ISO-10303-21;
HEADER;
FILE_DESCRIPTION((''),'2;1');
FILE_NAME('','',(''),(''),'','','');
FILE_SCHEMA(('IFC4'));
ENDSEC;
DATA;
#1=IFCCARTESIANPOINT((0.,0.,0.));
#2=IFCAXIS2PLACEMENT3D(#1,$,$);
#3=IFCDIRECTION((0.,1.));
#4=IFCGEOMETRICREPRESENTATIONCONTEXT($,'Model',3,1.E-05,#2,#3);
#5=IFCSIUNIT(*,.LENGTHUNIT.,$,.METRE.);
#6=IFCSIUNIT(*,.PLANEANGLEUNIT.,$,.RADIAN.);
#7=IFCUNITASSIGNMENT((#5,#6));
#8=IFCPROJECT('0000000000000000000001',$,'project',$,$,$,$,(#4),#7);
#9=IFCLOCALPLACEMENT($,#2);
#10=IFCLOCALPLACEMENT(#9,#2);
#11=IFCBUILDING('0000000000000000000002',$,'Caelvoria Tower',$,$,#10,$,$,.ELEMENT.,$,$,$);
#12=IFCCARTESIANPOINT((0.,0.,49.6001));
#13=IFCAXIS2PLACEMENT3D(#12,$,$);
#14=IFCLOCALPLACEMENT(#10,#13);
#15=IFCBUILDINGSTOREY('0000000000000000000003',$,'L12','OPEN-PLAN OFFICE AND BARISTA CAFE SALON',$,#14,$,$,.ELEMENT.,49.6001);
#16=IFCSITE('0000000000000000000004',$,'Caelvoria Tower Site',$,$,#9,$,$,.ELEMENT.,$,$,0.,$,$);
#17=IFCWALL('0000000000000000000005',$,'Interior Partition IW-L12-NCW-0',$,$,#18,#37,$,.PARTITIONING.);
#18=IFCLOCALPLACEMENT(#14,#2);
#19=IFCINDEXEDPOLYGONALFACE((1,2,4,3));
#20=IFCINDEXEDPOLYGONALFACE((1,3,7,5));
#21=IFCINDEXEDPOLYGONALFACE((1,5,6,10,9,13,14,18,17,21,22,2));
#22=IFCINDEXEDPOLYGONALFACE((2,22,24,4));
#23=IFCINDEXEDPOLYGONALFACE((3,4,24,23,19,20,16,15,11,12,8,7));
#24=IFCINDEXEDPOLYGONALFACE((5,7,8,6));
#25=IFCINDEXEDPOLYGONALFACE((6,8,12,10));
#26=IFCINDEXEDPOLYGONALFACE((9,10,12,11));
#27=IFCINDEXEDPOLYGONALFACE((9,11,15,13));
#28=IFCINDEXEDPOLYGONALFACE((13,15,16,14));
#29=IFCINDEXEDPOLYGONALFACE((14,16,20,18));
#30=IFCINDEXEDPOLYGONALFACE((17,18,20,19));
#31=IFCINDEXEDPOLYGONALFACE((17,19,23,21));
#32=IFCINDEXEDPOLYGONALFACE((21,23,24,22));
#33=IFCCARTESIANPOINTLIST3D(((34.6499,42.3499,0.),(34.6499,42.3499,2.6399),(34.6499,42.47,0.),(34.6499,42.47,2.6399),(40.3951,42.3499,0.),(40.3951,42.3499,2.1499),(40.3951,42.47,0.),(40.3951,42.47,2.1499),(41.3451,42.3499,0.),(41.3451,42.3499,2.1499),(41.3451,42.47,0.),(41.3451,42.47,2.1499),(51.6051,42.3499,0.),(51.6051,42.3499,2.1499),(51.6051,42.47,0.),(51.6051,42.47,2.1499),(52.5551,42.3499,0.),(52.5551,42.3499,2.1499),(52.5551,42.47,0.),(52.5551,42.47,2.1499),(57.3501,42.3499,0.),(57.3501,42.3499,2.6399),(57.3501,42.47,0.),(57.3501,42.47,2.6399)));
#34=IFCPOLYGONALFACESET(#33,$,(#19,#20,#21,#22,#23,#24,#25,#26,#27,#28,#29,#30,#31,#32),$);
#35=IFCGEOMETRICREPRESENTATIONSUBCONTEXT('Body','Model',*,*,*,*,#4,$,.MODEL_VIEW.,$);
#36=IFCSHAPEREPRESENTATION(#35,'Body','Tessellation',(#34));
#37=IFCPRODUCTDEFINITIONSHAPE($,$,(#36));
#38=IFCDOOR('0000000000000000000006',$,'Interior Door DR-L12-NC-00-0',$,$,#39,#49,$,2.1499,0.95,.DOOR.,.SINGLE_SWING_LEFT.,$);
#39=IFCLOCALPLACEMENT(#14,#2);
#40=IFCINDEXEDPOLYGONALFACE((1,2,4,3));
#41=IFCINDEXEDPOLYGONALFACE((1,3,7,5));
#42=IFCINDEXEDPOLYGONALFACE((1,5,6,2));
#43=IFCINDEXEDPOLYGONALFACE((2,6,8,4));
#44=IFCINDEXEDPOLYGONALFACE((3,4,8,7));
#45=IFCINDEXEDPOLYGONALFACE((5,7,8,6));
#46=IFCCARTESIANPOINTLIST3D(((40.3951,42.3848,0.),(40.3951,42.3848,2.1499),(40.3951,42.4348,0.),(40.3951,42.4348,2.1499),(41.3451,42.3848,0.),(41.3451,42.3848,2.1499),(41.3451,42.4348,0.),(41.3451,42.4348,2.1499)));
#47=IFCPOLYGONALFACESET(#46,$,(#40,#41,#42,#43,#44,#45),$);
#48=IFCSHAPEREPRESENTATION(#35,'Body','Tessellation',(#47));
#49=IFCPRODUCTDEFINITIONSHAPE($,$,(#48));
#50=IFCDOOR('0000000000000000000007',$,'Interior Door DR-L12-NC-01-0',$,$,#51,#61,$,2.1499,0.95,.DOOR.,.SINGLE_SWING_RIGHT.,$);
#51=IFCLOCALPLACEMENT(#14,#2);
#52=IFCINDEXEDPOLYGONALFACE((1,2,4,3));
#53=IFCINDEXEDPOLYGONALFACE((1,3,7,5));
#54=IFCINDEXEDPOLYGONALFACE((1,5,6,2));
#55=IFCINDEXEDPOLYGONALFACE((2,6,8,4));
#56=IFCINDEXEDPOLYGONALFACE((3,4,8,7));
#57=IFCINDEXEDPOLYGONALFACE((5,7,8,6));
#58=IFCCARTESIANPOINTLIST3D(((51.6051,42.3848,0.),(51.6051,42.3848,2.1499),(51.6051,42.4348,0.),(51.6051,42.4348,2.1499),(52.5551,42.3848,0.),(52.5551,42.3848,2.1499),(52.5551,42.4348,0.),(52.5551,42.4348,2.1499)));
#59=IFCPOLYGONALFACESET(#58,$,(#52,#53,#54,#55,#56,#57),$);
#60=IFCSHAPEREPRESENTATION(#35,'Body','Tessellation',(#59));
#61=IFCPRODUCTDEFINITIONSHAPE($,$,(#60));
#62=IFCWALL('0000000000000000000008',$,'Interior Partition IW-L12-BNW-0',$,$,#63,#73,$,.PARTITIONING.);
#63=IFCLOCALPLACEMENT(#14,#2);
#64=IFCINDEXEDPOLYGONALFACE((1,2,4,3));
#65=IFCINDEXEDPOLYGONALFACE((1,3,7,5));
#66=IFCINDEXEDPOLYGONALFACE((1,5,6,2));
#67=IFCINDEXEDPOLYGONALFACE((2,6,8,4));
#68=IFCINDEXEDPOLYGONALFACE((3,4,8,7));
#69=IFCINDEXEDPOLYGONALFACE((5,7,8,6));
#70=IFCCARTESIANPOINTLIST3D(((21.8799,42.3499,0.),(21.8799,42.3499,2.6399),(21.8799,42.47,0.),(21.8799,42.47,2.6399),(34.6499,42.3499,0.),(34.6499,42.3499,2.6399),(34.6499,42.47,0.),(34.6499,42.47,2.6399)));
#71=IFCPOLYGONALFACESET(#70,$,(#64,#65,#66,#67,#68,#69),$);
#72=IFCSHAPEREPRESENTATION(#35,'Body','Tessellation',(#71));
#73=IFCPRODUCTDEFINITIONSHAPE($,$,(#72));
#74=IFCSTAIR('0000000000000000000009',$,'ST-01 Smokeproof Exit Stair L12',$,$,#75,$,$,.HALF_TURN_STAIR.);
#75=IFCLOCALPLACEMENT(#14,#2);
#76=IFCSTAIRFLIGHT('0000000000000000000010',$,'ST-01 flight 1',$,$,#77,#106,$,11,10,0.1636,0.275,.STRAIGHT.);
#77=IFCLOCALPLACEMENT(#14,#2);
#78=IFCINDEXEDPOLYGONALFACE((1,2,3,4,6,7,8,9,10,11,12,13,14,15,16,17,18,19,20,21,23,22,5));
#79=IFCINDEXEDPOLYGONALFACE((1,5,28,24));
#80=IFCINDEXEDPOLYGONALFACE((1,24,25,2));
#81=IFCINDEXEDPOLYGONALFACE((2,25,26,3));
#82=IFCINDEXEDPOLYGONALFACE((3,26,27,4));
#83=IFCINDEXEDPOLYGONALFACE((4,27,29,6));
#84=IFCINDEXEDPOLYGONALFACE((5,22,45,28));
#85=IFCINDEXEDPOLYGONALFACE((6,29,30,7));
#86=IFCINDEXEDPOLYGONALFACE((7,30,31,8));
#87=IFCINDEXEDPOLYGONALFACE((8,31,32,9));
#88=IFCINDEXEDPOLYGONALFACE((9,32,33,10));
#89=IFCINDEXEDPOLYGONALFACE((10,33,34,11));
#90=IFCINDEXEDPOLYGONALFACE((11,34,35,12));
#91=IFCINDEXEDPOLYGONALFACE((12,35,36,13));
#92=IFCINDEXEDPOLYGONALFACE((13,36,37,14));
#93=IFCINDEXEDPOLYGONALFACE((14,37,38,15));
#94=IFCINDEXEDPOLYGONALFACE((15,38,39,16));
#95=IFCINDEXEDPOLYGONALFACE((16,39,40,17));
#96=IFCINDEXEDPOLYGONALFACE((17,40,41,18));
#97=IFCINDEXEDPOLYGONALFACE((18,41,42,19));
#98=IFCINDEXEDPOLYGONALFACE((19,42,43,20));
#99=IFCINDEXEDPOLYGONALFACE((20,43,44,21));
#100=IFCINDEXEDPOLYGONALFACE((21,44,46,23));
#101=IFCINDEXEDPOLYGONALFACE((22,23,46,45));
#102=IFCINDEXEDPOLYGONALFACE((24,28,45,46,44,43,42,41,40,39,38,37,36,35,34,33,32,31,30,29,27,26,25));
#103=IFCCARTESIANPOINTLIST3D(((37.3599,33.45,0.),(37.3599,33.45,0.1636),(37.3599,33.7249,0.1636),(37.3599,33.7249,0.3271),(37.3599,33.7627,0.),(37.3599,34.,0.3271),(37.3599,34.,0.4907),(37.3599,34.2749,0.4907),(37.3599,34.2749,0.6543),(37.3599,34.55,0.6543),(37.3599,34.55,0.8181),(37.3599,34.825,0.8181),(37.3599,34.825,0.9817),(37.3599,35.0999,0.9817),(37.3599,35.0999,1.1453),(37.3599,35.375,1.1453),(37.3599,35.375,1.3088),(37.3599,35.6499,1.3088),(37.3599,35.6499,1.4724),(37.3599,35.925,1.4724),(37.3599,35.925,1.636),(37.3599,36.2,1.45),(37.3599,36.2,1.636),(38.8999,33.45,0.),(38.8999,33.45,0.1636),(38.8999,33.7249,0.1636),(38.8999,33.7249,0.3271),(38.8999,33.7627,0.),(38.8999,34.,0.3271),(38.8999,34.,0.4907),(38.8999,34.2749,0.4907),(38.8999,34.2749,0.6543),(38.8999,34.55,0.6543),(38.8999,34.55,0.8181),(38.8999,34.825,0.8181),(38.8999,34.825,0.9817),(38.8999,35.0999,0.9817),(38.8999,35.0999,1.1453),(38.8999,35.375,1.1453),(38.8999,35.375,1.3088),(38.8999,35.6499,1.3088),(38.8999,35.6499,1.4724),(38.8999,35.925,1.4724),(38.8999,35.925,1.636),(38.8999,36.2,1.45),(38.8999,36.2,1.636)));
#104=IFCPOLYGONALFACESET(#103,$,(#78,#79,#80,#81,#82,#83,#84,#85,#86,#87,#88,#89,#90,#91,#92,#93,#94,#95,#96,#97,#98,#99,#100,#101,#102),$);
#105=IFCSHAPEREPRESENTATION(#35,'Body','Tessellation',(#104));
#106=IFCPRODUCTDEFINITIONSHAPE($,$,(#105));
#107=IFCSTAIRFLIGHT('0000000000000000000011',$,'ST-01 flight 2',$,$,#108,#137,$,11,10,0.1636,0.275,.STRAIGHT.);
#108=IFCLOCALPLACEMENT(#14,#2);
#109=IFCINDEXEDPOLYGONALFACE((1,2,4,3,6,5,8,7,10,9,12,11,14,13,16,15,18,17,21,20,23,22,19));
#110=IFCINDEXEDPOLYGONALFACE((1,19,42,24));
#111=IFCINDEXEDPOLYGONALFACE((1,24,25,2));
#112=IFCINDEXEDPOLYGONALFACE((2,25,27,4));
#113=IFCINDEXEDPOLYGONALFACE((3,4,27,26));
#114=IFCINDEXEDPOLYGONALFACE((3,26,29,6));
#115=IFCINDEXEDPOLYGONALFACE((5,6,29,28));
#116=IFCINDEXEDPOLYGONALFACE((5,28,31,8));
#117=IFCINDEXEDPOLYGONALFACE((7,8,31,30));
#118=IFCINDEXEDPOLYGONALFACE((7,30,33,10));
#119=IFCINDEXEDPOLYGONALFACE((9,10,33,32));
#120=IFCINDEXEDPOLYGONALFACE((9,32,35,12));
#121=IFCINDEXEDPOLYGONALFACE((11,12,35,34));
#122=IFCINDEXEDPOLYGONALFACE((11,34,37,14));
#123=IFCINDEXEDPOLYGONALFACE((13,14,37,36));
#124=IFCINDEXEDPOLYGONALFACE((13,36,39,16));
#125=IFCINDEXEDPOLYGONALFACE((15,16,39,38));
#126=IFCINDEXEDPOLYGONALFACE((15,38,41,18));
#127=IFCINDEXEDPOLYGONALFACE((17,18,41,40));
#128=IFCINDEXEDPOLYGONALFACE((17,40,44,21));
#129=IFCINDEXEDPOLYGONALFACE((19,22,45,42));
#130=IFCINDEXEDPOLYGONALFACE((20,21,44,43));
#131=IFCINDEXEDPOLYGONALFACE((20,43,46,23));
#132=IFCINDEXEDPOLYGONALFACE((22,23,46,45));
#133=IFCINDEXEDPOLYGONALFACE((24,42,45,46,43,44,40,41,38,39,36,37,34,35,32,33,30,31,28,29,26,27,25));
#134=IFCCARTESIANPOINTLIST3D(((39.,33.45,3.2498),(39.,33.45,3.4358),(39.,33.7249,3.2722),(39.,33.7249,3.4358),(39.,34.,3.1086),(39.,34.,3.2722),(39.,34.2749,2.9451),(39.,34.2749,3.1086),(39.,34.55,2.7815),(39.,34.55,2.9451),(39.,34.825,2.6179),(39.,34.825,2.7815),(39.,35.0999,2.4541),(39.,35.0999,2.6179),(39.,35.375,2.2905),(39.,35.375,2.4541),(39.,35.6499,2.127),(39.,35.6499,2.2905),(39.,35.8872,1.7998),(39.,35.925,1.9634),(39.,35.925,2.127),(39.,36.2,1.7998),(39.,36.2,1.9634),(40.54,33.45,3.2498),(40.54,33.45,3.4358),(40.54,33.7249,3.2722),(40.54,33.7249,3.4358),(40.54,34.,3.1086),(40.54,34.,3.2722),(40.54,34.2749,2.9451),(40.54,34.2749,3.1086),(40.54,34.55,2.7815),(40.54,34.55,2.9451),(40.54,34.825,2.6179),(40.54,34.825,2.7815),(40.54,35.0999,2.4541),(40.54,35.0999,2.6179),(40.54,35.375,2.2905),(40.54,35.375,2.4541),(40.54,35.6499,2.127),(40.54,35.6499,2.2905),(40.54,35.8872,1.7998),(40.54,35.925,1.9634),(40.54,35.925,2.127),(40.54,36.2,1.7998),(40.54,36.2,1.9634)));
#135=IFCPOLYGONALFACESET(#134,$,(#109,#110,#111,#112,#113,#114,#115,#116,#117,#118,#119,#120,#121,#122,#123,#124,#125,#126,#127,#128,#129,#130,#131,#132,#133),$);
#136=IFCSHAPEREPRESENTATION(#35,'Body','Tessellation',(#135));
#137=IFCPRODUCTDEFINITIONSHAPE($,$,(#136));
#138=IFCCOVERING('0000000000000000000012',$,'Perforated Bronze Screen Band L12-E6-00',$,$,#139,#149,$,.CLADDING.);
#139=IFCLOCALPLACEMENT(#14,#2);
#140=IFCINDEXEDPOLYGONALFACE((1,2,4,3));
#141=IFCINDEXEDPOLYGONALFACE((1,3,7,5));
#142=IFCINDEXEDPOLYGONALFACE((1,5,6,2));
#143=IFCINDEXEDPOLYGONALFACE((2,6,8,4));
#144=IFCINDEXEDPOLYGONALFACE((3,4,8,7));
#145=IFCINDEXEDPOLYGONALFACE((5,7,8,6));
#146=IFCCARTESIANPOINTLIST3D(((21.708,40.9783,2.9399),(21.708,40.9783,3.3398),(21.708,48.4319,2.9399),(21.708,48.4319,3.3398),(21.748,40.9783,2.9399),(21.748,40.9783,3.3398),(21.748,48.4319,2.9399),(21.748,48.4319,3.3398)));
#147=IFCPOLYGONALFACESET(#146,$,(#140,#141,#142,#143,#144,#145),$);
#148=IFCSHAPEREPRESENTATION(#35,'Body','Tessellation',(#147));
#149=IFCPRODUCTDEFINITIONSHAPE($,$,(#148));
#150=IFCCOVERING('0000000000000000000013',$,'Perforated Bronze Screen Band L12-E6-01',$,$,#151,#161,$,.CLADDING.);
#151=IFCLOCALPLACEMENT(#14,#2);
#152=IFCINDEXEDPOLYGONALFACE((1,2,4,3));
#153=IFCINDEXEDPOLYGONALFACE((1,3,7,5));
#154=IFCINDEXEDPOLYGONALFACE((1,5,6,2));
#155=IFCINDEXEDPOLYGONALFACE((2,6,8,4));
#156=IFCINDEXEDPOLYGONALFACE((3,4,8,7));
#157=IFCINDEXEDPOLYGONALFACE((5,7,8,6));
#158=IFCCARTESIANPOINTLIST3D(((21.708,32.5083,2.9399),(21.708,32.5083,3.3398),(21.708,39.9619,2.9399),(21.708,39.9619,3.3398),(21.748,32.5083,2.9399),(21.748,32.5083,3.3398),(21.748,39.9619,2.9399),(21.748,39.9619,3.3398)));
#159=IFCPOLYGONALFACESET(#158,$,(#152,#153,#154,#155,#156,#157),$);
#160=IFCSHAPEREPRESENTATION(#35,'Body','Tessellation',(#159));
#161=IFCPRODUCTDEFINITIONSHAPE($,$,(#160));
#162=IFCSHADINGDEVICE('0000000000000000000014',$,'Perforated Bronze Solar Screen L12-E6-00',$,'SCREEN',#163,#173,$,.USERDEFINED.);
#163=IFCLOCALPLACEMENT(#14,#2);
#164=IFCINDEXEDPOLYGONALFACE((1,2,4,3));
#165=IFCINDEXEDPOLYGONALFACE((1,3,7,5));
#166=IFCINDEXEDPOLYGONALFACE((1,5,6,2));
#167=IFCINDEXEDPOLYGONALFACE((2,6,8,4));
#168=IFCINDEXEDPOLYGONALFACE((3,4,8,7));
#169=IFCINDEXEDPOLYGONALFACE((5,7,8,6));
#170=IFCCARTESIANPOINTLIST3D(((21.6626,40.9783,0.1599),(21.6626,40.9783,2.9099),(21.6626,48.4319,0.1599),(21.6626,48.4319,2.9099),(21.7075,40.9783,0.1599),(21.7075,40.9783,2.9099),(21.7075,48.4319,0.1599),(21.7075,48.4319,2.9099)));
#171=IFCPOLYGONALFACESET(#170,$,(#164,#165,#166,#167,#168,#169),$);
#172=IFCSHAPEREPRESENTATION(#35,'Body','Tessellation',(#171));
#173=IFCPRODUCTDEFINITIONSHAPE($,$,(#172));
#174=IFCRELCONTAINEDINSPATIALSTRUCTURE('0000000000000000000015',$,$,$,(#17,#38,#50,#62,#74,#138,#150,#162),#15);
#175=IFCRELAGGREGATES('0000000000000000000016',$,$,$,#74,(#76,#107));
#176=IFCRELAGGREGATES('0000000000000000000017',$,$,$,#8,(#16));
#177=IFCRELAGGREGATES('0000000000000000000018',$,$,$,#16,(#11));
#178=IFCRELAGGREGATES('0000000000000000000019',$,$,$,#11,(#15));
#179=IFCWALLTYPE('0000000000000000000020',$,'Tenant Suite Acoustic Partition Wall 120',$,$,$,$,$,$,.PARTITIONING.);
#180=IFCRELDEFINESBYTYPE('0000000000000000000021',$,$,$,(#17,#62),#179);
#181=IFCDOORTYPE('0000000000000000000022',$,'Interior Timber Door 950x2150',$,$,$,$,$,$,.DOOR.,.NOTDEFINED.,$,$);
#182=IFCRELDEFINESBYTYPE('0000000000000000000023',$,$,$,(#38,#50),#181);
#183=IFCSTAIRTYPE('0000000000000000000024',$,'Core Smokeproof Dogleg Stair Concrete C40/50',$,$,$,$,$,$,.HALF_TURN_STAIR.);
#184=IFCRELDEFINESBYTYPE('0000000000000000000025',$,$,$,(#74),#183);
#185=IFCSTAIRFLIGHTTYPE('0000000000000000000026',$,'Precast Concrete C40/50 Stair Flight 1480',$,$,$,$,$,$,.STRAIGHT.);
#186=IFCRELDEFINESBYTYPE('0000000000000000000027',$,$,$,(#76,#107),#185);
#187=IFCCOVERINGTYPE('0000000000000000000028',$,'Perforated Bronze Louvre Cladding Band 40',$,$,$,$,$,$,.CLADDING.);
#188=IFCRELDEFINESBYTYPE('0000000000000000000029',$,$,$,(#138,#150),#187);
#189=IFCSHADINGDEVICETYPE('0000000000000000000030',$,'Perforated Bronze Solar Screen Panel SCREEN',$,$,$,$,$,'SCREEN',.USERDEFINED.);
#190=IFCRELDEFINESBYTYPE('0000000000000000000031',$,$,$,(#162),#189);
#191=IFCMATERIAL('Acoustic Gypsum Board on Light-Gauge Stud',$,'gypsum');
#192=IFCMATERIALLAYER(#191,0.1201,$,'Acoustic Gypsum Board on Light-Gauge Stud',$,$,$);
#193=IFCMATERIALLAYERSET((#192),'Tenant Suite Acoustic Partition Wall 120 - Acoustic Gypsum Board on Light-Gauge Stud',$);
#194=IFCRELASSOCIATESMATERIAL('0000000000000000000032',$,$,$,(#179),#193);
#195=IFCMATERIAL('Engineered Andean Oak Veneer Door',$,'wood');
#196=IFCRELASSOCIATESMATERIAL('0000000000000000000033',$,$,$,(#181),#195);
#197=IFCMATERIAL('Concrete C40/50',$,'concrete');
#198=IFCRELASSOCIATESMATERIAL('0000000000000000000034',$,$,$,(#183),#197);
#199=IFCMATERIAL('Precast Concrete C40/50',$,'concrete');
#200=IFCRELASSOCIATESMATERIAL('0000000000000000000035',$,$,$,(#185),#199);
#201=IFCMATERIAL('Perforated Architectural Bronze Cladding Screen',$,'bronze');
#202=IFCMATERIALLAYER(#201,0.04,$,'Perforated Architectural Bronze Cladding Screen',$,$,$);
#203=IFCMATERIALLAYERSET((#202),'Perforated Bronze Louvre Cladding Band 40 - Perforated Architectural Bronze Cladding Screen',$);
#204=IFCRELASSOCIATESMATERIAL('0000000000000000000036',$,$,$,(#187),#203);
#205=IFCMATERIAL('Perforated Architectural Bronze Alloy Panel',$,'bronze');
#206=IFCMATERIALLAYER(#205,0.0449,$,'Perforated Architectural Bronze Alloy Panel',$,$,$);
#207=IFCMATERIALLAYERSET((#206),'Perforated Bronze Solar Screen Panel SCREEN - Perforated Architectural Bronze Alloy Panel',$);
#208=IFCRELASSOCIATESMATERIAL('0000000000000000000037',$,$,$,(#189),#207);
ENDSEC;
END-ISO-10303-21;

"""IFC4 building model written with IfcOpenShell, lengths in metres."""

from ifc_helpers import new_model, si_unit, direction, frame, frame_2d, origin, origin_2d, place, context, subcontext, project, spatial, polyline, rectangle, outline, extrude, material, layer, layer_set, type_object, element, fill, aggregate, save


model = new_model("IFC4")

# Units and contexts
model_context = context("Model", 3, precision=1e-05, world=origin(), true_north=direction((0.0, 1.0)))
body_context = subcontext(model_context, "Body", "Model", "MODEL_VIEW")
ifc_project = project(units=[si_unit("LENGTHUNIT", "METRE"), si_unit("PLANEANGLEUNIT", "RADIAN")], contexts=[model_context])

# Site, building, storey
site_placement = place(None, origin())
site = spatial("IfcSite", under=ifc_project, at=site_placement, Name="Caelvoria Tower Site", CompositionType="ELEMENT", RefElevation=0.0)
building_placement = place(site_placement, origin())
building = spatial("IfcBuilding", under=site, at=building_placement, Name="Caelvoria Tower", CompositionType="ELEMENT")
storey_placement = place(building_placement, frame((0.0, 0.0, 49.6001)))
storey = spatial("IfcBuildingStorey", under=building, at=storey_placement, Name="L12", Description="OPEN-PLAN OFFICE AND BARISTA CAFE SALON", CompositionType="ELEMENT", Elevation=49.6001)

# Wall, openings, doors
ifc_material_1 = material(Name="Acoustic Gypsum Board on Light-Gauge Stud", Category="gypsum")
ifc_layer_1 = layer(ifc_material_1, 0.1201, Name="Acoustic Gypsum Board on Light-Gauge Stud")
ifc_layer_set_1 = layer_set([ifc_layer_1], Name="Tenant Suite Acoustic Partition Wall 120 - Acoustic Gypsum Board on Light-Gauge Stud")
wall_type_1 = type_object("IfcWallType", Name="Tenant Suite Acoustic Partition Wall 120", PredefinedType="PARTITIONING", material=ifc_layer_set_1)
wall_1_placement = place(storey_placement, frame((34.6499, 42.4099, 0.0), z_axis=(0.0, 0.0, 1.0), x_axis=(1.0, 0.0, 0.0)))
wall_1 = element("IfcWall", 1, at=wall_1_placement, inside=storey, type_object=wall_type_1, Name="Interior Partition IW-L12-NCW-0", PredefinedType="PARTITIONING", context=body_context, shape_type="SweptSolid", body=[
    extrude(rectangle(XDim=22.7002, YDim=0.1201, at=frame_2d((11.3501, 0.0))), origin(), (0.0, 0.0, 1.0), 2.6399),
])
opening_1_placement = place(wall_1_placement, frame((5.7451, 0.0, 0.0)))
opening_1 = element("IfcOpeningElement", 2, at=opening_1_placement, cuts=wall_1, PredefinedType="OPENING", context=body_context, shape_type="SweptSolid", body=[
    extrude(rectangle(XDim=0.95, YDim=2.1499, at=frame_2d((0.4751, 1.075))), frame((0.0, 0.0701, 0.0), z_axis=(0.0, -1.0, 0.0), x_axis=(1.0, 0.0, 0.0)), (0.0, 0.0, 1.0), 0.1401),
])
opening_2_placement = place(wall_1_placement, frame((16.9551, 0.0, 0.0)))
opening_2 = element("IfcOpeningElement", 3, at=opening_2_placement, cuts=wall_1, PredefinedType="OPENING", context=body_context, shape_type="SweptSolid", body=[
    extrude(rectangle(XDim=0.95, YDim=2.1499, at=frame_2d((0.4751, 1.075))), frame((0.0, 0.0701, 0.0), z_axis=(0.0, -1.0, 0.0), x_axis=(1.0, 0.0, 0.0)), (0.0, 0.0, 1.0), 0.1401),
])
ifc_material_2 = material(Name="Engineered Andean Oak Veneer Door", Category="wood")
door_type_1 = type_object("IfcDoorType", Name="Interior Timber Door 950x2150", OperationType="NOTDEFINED", PredefinedType="DOOR", material=ifc_material_2)
door_1_placement = place(opening_1_placement, origin())
door_1 = element("IfcDoor", 4, at=door_1_placement, inside=storey, type_object=door_type_1, Name="Interior Door DR-L12-NC-00-0", OperationType="SINGLE_SWING_LEFT", OverallHeight=2.1499, OverallWidth=0.95, PredefinedType="DOOR", context=body_context, shape_type="SweptSolid", body=[
    extrude(rectangle(XDim=0.95, YDim=2.1499, at=frame_2d((0.4751, 1.075))), frame((0.0, 0.0249, 0.0), z_axis=(0.0, -1.0, 0.0), x_axis=(1.0, 0.0, 0.0)), (0.0, 0.0, 1.0), 0.05),
])
fill(opening_1, door_1)
door_2_placement = place(opening_2_placement, origin())
door_2 = element("IfcDoor", 5, at=door_2_placement, inside=storey, type_object=door_type_1, Name="Interior Door DR-L12-NC-01-0", OperationType="SINGLE_SWING_RIGHT", OverallHeight=2.1499, OverallWidth=0.95, PredefinedType="DOOR", context=body_context, shape_type="SweptSolid", body=[
    extrude(rectangle(XDim=0.95, YDim=2.1499, at=frame_2d((0.4751, 1.075))), frame((0.0, 0.0249, 0.0), z_axis=(0.0, -1.0, 0.0), x_axis=(1.0, 0.0, 0.0)), (0.0, 0.0, 1.0), 0.05),
])
fill(opening_2, door_2)

# Wall
wall_2_placement = place(storey_placement, frame((34.6499, 42.4099, 0.0), z_axis=(0.0, 0.0, 1.0), x_axis=(-1.0, 0.0, 0.0)))
element("IfcWall", 6, at=wall_2_placement, inside=storey, type_object=wall_type_1, Name="Interior Partition IW-L12-BNW-0", PredefinedType="PARTITIONING", context=body_context, shape_type="SweptSolid", body=[
    extrude(rectangle(XDim=12.77, YDim=0.1201, at=frame_2d((6.385, 0.0))), origin(), (0.0, 0.0, 1.0), 2.6399),
])

# Stair, stair flights
ifc_material_3 = material(Name="Concrete C40/50", Category="concrete")
stair_type = type_object("IfcStairType", Name="Core Smokeproof Dogleg Stair Concrete C40/50", PredefinedType="HALF_TURN_STAIR", material=ifc_material_3)
stair_placement = place(storey_placement, origin())
stair = element("IfcStair", 7, at=stair_placement, inside=storey, type_object=stair_type, Name="ST-01 Smokeproof Exit Stair L12", PredefinedType="HALF_TURN_STAIR")
ifc_material_4 = material(Name="Precast Concrete C40/50", Category="concrete")
stair_flight_type = type_object("IfcStairFlightType", Name="Precast Concrete C40/50 Stair Flight 1480", PredefinedType="STRAIGHT", material=ifc_material_4)
stair_flight_1_placement = place(storey_placement, frame((38.1299, 33.45, 0.0), z_axis=(0.0, 0.0, 1.0), x_axis=(0.0, 1.0, 0.0)))
stair_flight_1 = element("IfcStairFlight", 8, at=stair_flight_1_placement, type_object=stair_flight_type, Name="ST-01 flight 1", NumberOfRisers=11, NumberOfTreads=10, PredefinedType="STRAIGHT", RiserHeight=0.1636, TreadLength=0.275, context=body_context, shape_type="SweptSolid", body=[
    extrude(outline(polyline([(0.0, 0.0), (0.0, 0.1636), (0.2749, 0.1636), (0.2749, 0.3271), (0.55, 0.3271), (0.55, 0.4907), (0.825, 0.4907), (0.825, 0.6543), (1.1001, 0.6543), (1.1001, 0.8181), (1.375, 0.8181), (1.375, 0.9817), (1.6499, 0.9817), (1.6499, 1.1453), (1.925, 1.1453), (1.925, 1.3088), (2.2, 1.3088), (2.2, 1.4724), (2.4751, 1.4724), (2.4751, 1.636), (2.75, 1.636), (2.75, 1.7996), (2.75, 1.45), (0.3127, 0.0), (0.0, 0.0)])), frame((0.0, 0.77, 0.0), z_axis=(0.0, -1.0, 0.0), x_axis=(1.0, 0.0, 0.0)), (0.0, 0.0, 1.0), 1.54),
])
stair_flight_2_placement = place(storey_placement, frame((39.77, 36.2, 1.7998), z_axis=(0.0, 0.0, 1.0), x_axis=(0.0, -1.0, 0.0)))
stair_flight_2 = element("IfcStairFlight", 9, at=stair_flight_2_placement, type_object=stair_flight_type, Name="ST-01 flight 2", NumberOfRisers=11, NumberOfTreads=10, PredefinedType="STRAIGHT", RiserHeight=0.1636, TreadLength=0.275, context=body_context, shape_type="SweptSolid", body=[
    extrude(outline(polyline([(0.0, 0.0), (0.0, 0.1636), (0.2749, 0.1636), (0.2749, 0.3271), (0.55, 0.3271), (0.55, 0.4907), (0.825, 0.4907), (0.825, 0.6543), (1.1001, 0.6543), (1.1001, 0.8181), (1.375, 0.8181), (1.375, 0.9817), (1.6499, 0.9817), (1.6499, 1.1453), (1.925, 1.1453), (1.925, 1.3088), (2.2, 1.3088), (2.2, 1.4724), (2.4751, 1.4724), (2.4751, 1.636), (2.75, 1.636), (2.75, 1.7996), (2.75, 1.45), (0.3127, 0.0), (0.0, 0.0)])), frame((0.0, 0.77, 0.0), z_axis=(0.0, -1.0, 0.0), x_axis=(1.0, 0.0, 0.0)), (0.0, 0.0, 1.0), 1.54),
])
aggregate(stair, [stair_flight_1, stair_flight_2])

# Coverings
ifc_material_5 = material(Name="Perforated Architectural Bronze Cladding Screen", Category="bronze")
ifc_layer_2 = layer(ifc_material_5, 0.04, Name="Perforated Architectural Bronze Cladding Screen")
ifc_layer_set_2 = layer_set([ifc_layer_2], Name="Perforated Bronze Louvre Cladding Band 40 - Perforated Architectural Bronze Cladding Screen")
covering_type = type_object("IfcCoveringType", Name="Perforated Bronze Louvre Cladding Band 40", PredefinedType="CLADDING", material=ifc_layer_set_2)
for number, where, z_axis, x_axis, name in (
    (10, (21.728, 44.7051, 2.9399), (0.0, 0.0, 1.0), (0.0, -1.0, 0.0), "Perforated Bronze Screen Band L12-E6-00"),
    (11, (21.728, 36.2351, 2.9399), (0.0, 0.0, 1.0), (0.0, -1.0, 0.0), "Perforated Bronze Screen Band L12-E6-01"),
):
    element("IfcCovering", number, at=place(storey_placement, frame(where, z_axis=z_axis, x_axis=x_axis)), inside=storey, type_object=covering_type, Name=name, PredefinedType="CLADDING", context=body_context, shape_type="SweptSolid", body=[
        extrude(rectangle(XDim=7.4536, YDim=0.04, at=origin_2d()), origin(), (0.0, 0.0, 1.0), 0.3999),
    ])

# Shading device
ifc_material_6 = material(Name="Perforated Architectural Bronze Alloy Panel", Category="bronze")
ifc_layer_3 = layer(ifc_material_6, 0.0449, Name="Perforated Architectural Bronze Alloy Panel")
ifc_layer_set_3 = layer_set([ifc_layer_3], Name="Perforated Bronze Solar Screen Panel SCREEN - Perforated Architectural Bronze Alloy Panel")
shading_device_type = type_object("IfcShadingDeviceType", Name="Perforated Bronze Solar Screen Panel SCREEN", ElementType="SCREEN", PredefinedType="USERDEFINED", material=ifc_layer_set_3)
for number, where, z_axis, x_axis, name in (
    (12, (21.6851, 44.7051, 0.1599), (0.0, 0.0, 1.0), (0.0, -1.0, 0.0), "Perforated Bronze Solar Screen L12-E6-00"),
):
    element("IfcShadingDevice", number, at=place(storey_placement, frame(where, z_axis=z_axis, x_axis=x_axis)), inside=storey, type_object=shading_device_type, Name=name, ObjectType="SCREEN", PredefinedType="USERDEFINED", context=body_context, shape_type="SweptSolid", body=[
        extrude(rectangle(XDim=7.4536, YDim=0.0449, at=origin_2d()), origin(), (0.0, 0.0, 1.0), 2.75),
    ])

save(model, "model.ifc")
